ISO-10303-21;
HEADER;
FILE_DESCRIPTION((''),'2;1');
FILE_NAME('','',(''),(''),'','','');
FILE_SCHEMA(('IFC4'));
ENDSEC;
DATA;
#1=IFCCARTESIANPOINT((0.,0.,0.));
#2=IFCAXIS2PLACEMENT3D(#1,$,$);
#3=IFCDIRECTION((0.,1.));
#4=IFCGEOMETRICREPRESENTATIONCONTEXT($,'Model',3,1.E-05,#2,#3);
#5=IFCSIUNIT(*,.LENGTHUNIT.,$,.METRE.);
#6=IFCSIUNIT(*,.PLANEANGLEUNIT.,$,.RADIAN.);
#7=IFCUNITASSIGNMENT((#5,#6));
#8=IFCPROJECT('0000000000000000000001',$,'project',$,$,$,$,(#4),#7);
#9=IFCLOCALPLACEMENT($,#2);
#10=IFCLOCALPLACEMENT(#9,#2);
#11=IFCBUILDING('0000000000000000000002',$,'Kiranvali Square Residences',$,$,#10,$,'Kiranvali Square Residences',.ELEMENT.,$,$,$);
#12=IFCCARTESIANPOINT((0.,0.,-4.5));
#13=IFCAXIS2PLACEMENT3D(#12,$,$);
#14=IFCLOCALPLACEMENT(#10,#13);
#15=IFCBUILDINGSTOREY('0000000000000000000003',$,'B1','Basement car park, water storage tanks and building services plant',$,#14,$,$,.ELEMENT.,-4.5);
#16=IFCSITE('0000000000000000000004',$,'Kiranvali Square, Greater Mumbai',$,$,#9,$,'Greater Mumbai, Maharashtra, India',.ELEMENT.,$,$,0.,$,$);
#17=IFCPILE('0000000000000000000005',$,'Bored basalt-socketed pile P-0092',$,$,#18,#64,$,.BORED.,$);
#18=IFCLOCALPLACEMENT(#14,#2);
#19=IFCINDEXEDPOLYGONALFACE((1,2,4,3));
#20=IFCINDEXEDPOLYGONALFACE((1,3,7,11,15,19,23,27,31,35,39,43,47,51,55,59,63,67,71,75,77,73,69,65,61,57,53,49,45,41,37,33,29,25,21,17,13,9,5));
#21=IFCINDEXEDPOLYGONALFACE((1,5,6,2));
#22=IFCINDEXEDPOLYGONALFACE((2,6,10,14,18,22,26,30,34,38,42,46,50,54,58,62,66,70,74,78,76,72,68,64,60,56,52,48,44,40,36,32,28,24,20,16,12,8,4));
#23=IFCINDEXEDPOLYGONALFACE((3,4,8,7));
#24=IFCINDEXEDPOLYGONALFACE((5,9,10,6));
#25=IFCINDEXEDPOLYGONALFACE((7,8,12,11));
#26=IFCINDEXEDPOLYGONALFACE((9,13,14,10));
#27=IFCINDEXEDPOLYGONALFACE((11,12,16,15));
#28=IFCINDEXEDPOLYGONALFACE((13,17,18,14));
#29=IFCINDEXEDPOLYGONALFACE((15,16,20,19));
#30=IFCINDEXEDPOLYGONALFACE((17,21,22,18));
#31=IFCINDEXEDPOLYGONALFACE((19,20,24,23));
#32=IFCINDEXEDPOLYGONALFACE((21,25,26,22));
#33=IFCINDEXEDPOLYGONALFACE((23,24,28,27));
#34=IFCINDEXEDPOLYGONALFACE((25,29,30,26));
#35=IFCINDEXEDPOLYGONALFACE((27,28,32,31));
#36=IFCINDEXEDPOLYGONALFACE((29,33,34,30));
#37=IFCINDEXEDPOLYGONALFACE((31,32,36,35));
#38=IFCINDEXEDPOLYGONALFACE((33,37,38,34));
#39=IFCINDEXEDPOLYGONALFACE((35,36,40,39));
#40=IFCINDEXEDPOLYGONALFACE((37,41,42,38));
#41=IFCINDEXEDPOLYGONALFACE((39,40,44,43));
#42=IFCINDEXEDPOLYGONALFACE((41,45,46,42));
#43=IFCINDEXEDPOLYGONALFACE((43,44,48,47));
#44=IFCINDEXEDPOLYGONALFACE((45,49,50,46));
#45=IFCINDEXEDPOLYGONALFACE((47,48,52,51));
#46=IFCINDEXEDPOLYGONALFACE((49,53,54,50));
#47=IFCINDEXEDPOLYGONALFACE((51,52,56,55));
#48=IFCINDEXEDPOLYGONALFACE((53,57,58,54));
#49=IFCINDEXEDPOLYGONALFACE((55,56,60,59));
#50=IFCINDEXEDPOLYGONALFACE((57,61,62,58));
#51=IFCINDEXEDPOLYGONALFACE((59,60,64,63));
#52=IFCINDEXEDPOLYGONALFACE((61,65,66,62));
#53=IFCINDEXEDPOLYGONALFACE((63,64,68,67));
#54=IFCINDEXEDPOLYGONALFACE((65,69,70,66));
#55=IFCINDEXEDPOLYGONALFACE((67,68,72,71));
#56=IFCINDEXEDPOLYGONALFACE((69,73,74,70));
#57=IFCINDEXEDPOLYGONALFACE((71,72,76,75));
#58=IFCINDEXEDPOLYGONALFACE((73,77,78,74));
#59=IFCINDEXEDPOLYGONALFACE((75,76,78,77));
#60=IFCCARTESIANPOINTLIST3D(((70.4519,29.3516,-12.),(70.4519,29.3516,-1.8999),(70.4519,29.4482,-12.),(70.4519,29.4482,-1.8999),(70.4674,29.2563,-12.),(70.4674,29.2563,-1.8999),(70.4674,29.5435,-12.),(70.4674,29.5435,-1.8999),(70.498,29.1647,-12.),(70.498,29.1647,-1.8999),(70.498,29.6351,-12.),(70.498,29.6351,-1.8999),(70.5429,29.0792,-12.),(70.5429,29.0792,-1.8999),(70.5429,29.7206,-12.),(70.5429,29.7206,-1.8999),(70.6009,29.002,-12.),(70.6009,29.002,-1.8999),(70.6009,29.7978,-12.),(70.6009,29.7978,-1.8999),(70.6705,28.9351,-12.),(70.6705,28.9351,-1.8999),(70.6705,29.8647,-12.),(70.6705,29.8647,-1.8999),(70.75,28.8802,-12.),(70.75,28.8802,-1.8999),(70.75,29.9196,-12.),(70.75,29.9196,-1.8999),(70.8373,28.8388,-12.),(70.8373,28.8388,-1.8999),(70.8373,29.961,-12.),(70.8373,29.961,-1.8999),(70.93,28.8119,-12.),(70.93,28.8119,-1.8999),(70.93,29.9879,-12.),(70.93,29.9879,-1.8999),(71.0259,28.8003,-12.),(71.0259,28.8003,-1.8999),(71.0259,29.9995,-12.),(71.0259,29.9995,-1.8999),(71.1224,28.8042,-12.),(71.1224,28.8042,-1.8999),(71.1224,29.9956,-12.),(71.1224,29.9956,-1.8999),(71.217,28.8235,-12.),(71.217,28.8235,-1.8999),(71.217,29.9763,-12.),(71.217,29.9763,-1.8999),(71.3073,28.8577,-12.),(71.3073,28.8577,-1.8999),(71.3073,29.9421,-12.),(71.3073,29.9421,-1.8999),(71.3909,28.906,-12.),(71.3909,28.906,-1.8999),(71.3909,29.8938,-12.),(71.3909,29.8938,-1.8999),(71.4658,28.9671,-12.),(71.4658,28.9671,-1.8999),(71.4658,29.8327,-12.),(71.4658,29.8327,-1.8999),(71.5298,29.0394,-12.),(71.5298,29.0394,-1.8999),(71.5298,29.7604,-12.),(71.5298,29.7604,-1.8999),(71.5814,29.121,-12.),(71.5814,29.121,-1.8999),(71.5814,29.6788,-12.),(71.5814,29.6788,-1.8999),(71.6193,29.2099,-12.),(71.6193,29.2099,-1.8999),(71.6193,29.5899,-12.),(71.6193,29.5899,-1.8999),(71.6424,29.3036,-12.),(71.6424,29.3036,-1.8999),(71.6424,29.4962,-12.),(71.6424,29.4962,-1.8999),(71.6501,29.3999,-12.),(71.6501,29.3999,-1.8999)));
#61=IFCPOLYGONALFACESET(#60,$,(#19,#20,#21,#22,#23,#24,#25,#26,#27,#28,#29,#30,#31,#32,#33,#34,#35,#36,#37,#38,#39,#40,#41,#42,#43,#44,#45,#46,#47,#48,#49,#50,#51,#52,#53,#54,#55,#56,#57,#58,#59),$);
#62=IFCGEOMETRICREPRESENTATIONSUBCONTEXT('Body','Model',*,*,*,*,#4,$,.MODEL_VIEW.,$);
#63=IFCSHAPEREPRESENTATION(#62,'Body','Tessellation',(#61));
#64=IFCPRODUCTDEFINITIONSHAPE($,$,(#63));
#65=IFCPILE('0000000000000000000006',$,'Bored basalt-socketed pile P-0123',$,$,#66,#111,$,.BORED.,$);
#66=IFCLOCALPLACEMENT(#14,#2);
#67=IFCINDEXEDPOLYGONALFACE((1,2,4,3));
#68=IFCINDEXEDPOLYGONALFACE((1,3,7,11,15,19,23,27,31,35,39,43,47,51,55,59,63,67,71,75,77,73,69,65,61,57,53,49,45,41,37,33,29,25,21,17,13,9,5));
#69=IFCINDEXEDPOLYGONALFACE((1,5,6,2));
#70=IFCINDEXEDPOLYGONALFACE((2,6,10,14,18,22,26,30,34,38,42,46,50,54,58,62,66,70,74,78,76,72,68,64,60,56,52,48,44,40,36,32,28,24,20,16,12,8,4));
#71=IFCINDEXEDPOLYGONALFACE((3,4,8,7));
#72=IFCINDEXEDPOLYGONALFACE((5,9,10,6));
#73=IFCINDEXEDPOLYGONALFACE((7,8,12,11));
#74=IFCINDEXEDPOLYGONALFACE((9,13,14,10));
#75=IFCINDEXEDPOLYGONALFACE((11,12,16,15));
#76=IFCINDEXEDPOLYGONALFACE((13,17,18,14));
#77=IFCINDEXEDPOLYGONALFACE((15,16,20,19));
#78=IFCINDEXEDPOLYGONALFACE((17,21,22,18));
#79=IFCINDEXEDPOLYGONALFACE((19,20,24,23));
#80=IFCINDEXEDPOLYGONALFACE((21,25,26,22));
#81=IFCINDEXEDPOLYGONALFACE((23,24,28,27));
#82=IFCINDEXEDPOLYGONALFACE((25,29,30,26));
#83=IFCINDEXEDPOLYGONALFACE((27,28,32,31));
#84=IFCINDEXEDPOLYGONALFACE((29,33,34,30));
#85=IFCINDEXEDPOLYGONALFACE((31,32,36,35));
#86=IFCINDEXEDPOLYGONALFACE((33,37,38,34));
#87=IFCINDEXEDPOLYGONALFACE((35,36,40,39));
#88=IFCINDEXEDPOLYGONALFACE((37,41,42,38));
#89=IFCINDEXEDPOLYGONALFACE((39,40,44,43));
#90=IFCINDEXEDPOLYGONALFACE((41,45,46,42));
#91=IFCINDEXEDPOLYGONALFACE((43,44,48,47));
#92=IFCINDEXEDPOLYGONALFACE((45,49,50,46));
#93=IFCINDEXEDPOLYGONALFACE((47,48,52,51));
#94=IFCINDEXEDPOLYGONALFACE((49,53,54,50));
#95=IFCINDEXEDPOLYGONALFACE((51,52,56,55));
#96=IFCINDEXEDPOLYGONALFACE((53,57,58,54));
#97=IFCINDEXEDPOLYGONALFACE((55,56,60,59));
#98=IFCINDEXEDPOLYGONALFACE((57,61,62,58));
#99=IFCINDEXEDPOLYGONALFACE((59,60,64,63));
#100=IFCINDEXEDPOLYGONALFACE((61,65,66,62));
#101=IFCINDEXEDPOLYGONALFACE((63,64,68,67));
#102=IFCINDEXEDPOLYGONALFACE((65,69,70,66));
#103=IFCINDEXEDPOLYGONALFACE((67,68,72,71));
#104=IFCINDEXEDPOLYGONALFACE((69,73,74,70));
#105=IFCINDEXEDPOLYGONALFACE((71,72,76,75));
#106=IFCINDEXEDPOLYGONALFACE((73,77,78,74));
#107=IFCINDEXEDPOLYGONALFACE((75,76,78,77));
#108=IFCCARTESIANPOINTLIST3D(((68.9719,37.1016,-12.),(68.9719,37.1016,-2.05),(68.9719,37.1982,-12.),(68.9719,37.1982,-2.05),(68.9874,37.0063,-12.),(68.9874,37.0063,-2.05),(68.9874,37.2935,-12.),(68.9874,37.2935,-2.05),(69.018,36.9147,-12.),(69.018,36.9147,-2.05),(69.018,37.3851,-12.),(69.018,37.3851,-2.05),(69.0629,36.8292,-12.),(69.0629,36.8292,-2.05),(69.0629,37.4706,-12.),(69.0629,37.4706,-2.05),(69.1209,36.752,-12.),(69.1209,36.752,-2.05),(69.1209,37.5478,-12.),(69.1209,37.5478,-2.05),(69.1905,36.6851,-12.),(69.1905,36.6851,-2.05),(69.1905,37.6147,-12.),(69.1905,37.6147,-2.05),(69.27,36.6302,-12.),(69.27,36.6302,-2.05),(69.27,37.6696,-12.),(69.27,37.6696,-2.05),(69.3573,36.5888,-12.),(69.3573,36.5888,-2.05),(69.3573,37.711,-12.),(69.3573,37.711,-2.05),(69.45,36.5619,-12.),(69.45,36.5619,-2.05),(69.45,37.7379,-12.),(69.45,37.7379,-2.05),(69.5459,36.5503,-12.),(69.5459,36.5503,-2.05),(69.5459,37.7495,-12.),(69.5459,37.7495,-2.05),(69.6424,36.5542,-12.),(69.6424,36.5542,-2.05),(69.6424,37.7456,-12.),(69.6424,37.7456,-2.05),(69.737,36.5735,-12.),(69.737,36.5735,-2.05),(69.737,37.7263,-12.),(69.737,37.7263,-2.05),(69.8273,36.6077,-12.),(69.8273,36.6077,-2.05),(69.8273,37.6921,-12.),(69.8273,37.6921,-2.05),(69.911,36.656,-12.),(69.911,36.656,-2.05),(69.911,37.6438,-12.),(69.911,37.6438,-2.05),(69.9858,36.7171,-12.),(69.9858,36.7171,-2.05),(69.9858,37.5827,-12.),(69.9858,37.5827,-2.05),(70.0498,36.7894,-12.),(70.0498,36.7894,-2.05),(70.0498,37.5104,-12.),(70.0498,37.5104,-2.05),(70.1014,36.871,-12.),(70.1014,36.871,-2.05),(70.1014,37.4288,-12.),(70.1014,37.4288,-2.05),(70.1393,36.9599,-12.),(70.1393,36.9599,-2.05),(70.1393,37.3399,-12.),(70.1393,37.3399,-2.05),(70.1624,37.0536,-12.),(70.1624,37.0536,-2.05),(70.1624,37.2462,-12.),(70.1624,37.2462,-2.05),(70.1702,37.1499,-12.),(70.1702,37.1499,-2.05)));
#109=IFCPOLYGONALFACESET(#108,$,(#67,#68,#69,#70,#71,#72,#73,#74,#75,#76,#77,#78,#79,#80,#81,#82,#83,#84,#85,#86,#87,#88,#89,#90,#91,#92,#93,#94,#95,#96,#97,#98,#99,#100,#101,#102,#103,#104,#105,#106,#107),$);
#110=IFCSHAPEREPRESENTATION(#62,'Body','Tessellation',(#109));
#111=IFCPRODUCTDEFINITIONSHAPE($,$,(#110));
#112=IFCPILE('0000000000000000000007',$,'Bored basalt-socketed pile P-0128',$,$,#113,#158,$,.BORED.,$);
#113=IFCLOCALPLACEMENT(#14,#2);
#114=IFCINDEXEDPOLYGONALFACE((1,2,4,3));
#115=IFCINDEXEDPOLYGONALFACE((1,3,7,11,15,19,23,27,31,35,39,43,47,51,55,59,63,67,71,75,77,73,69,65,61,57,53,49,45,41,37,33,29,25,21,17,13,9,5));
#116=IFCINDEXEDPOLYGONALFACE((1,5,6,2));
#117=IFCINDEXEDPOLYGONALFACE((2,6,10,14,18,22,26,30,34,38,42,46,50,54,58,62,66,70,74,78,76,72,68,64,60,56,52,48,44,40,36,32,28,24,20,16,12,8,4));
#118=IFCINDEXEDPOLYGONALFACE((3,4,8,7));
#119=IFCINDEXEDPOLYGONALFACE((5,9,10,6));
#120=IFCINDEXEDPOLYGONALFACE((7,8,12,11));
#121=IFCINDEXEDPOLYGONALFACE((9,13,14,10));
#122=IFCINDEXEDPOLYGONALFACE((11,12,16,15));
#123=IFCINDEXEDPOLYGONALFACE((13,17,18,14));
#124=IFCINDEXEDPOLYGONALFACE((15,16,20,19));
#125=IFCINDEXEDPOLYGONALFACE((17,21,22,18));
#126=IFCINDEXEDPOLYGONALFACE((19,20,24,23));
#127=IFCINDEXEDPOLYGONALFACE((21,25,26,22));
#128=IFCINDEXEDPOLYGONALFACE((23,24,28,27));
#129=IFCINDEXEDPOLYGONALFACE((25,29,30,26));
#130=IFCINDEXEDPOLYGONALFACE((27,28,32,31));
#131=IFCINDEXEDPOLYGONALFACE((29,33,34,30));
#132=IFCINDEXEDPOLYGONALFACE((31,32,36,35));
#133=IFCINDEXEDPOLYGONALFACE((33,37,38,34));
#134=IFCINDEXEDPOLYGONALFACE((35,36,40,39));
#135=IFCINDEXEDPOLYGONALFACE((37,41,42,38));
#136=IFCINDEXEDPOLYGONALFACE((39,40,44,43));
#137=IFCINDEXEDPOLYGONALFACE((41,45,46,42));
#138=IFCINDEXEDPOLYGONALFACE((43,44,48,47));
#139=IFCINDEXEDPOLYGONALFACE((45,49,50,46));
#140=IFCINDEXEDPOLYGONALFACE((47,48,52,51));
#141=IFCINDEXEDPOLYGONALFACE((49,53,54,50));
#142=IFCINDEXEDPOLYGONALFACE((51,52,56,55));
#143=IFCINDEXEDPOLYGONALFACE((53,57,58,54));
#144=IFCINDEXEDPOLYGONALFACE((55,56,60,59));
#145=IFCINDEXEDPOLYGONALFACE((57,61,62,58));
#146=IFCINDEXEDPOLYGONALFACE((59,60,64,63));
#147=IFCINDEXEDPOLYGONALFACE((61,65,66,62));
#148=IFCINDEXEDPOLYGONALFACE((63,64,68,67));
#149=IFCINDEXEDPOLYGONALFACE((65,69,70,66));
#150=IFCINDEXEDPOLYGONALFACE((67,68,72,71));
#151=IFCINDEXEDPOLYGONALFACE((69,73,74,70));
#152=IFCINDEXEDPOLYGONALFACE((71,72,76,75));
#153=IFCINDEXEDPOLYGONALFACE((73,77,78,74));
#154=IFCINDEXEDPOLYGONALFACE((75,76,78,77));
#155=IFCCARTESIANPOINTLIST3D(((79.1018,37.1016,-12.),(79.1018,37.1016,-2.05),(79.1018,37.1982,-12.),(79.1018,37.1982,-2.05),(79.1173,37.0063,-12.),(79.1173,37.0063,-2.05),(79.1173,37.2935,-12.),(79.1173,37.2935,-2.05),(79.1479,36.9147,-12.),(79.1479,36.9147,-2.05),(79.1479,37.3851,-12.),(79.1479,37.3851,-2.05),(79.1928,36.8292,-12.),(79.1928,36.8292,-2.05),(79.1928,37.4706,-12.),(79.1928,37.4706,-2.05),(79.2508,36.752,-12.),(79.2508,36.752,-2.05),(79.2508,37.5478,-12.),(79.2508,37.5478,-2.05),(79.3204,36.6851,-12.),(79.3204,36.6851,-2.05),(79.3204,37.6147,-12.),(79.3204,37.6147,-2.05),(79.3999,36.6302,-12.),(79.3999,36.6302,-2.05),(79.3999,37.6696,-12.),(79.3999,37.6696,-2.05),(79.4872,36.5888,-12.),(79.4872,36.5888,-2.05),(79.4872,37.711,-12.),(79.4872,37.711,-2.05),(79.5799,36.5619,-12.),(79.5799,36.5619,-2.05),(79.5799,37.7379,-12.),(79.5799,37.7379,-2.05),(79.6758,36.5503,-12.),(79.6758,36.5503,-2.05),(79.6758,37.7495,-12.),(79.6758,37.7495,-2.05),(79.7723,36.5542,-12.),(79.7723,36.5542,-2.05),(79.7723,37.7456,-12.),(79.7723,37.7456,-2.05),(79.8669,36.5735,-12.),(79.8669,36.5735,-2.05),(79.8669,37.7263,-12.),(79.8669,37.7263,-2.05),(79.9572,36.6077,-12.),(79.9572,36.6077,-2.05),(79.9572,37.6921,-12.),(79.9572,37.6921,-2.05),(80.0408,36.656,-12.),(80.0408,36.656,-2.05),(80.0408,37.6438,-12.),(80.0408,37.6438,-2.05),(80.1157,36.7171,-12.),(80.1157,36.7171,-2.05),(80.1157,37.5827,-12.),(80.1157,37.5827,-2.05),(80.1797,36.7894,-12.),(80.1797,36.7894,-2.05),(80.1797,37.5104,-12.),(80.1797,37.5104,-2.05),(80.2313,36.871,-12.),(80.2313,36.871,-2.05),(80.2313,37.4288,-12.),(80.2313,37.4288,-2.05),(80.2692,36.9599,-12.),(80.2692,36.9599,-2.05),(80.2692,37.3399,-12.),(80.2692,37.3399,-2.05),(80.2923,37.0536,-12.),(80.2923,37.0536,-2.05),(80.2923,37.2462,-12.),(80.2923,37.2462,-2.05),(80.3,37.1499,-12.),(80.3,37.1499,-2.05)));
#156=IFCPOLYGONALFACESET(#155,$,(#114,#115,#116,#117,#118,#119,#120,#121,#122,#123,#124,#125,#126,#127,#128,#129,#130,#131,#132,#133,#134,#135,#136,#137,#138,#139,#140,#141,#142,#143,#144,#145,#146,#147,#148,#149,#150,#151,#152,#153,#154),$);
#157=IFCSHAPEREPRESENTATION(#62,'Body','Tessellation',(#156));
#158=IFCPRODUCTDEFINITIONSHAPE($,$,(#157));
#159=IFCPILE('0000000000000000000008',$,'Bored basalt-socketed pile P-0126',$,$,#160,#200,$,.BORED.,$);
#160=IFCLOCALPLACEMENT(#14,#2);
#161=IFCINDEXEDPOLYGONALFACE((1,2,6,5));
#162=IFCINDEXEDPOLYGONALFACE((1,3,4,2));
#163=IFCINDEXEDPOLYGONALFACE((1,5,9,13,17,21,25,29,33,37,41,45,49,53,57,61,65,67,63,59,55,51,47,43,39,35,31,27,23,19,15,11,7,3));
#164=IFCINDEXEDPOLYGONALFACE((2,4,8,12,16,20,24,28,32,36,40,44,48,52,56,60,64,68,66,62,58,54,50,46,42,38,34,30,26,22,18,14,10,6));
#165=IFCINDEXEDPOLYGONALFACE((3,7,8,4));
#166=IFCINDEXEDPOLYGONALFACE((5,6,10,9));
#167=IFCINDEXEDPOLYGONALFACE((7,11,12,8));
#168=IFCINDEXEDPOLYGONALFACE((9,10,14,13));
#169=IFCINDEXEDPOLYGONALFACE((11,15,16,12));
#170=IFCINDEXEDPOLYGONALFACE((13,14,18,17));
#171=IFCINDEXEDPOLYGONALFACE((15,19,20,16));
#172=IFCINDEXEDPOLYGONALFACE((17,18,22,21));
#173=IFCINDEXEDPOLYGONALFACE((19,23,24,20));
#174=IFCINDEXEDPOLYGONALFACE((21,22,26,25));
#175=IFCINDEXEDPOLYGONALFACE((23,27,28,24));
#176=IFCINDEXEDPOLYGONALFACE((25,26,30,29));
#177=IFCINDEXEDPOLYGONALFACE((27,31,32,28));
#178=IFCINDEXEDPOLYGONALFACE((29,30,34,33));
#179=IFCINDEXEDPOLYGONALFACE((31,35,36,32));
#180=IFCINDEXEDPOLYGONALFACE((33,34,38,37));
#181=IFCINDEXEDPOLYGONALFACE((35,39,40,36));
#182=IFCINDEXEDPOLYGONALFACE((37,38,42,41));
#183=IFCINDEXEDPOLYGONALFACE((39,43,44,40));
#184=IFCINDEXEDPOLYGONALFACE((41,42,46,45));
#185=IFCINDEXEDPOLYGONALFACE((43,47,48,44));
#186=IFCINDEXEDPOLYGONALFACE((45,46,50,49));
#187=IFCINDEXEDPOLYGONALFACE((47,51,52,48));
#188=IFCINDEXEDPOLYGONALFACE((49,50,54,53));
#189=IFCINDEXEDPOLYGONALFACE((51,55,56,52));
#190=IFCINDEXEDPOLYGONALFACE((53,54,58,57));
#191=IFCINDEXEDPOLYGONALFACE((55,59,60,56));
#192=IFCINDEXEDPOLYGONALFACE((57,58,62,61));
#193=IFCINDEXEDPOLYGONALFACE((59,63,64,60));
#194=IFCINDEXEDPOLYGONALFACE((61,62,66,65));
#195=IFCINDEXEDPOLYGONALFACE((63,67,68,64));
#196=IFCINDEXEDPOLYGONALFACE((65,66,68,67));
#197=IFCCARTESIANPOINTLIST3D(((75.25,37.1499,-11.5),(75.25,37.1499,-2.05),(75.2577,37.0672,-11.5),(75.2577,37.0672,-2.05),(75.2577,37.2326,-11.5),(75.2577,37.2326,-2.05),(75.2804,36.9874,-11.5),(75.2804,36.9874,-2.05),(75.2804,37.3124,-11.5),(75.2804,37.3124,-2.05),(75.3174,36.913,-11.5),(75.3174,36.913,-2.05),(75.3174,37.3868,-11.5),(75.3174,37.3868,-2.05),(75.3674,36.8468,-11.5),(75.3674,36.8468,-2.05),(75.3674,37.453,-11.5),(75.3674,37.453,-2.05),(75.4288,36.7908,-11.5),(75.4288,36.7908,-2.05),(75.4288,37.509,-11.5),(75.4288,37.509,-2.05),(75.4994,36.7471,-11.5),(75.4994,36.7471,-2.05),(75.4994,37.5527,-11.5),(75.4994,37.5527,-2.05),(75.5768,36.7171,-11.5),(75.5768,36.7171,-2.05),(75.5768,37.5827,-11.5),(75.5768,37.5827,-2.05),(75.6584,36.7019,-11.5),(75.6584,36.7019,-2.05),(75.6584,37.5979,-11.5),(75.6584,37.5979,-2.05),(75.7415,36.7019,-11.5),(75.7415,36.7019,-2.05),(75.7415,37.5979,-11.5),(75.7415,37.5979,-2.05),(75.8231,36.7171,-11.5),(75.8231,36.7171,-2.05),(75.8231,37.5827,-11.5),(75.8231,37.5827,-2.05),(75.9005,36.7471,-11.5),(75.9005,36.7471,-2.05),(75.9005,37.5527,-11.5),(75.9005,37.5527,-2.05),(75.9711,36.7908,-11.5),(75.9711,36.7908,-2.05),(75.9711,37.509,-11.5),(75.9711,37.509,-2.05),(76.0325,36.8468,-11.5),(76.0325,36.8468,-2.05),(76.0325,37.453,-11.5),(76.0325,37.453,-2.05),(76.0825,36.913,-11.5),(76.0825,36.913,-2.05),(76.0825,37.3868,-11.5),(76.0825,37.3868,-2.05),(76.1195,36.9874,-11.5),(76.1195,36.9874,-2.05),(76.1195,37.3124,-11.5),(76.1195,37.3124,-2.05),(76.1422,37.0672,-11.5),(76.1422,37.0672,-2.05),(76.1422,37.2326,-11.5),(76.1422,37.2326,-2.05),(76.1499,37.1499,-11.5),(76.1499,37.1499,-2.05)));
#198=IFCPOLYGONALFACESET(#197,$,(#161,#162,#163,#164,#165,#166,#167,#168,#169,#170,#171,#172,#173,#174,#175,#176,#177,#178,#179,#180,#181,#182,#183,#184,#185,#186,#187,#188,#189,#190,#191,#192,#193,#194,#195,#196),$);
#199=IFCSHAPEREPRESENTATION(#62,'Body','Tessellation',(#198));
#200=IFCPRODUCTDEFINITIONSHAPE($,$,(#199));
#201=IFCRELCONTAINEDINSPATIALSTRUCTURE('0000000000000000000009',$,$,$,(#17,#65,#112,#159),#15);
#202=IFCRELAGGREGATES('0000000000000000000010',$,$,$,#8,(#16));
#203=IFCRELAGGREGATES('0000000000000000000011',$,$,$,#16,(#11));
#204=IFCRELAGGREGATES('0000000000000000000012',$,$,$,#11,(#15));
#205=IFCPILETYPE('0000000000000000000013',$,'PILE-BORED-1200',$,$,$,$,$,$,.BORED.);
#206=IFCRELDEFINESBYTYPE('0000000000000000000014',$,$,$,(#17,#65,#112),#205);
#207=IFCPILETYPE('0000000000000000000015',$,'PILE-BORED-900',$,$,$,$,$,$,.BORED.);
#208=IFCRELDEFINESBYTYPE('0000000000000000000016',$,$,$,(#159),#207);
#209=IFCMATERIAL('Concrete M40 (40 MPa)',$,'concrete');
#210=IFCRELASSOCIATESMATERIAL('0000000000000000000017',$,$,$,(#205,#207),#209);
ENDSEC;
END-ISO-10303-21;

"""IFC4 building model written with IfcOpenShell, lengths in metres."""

from ifc_helpers import new_model, si_unit, direction, frame, origin, origin_2d, place, context, subcontext, project, spatial, circle, extrude, material, material_profile, profile_set, type_object, element, save


model = new_model("IFC4")

# Units and contexts
model_context = context("Model", 3, precision=1e-05, world=origin(), true_north=direction((0.0, 1.0)))
body_context = subcontext(model_context, "Body", "Model", "MODEL_VIEW")
ifc_project = project(units=[si_unit("LENGTHUNIT", "METRE"), si_unit("PLANEANGLEUNIT", "RADIAN")], contexts=[model_context])

# Site, building, storey
site_placement = place(None, origin())
site = spatial("IfcSite", under=ifc_project, at=site_placement, Name="Kiranvali Square, Greater Mumbai", LongName="Greater Mumbai, Maharashtra, India", CompositionType="ELEMENT", RefElevation=0.0)
building_placement = place(site_placement, origin())
building = spatial("IfcBuilding", under=site, at=building_placement, Name="Kiranvali Square Residences", LongName="Kiranvali Square Residences", CompositionType="ELEMENT")
storey_placement = place(building_placement, frame((0.0, 0.0, -4.5)))
storey = spatial("IfcBuildingStorey", under=building, at=storey_placement, Name="B1", Description="Basement car park, water storage tanks and building services plant", CompositionType="ELEMENT", Elevation=-4.5)

# Shared definitions
ifc_material_1 = material(Name="Concrete M40 (40 MPa)", Category="concrete")

# Piles
ifc_material_profile_1 = material_profile(ifc_material_1, circle(Radius=0.6001, at=origin_2d()), Name="BORED PILE 1200")
ifc_profile_set_1 = profile_set([ifc_material_profile_1], Name="Concrete M40 (40 MPa)")
pile_type_1 = type_object("IfcPileType", Name="PILE-BORED-1200", PredefinedType="BORED", material=ifc_profile_set_1)
pile_1_placement = place(storey_placement, frame((71.05, 29.3999, -1.8999), z_axis=(0.0, 0.0, -1.0), x_axis=(1.0, 0.0, 0.0)))
element("IfcPile", 1, at=pile_1_placement, inside=storey, type_object=pile_type_1, Name="Bored basalt-socketed pile P-0092", PredefinedType="BORED", context=body_context, shape_type="SweptSolid", body=[
    extrude(circle(Radius=0.6001, at=origin_2d()), origin(), (0.0, 0.0, 1.0), 10.1001),
])
for number, where, z_axis, x_axis, name in (
    (2, (69.5701, 37.1499, -2.05), (0.0, 0.0, -1.0), (1.0, 0.0, 0.0), "Bored basalt-socketed pile P-0123"),
    (3, (79.7, 37.1499, -2.05), (0.0, 0.0, -1.0), (1.0, 0.0, 0.0), "Bored basalt-socketed pile P-0128"),
):
    element("IfcPile", number, at=place(storey_placement, frame(where, z_axis=z_axis, x_axis=x_axis)), inside=storey, type_object=pile_type_1, Name=name, PredefinedType="BORED", context=body_context, shape_type="SweptSolid", body=[
        extrude(circle(Radius=0.6001, at=origin_2d()), origin(), (0.0, 0.0, 1.0), 9.95),
    ])
ifc_material_profile_2 = material_profile(ifc_material_1, circle(Radius=0.45, at=origin_2d()), Name="BORED PILE 900")
ifc_profile_set_2 = profile_set([ifc_material_profile_2], Name="Concrete M40 (40 MPa)")
pile_type_2 = type_object("IfcPileType", Name="PILE-BORED-900", PredefinedType="BORED", material=ifc_profile_set_2)
pile_2_placement = place(storey_placement, frame((75.7, 37.1499, -2.05), z_axis=(0.0, 0.0, -1.0), x_axis=(1.0, 0.0, 0.0)))
element("IfcPile", 4, at=pile_2_placement, inside=storey, type_object=pile_type_2, Name="Bored basalt-socketed pile P-0126", PredefinedType="BORED", context=body_context, shape_type="SweptSolid", body=[
    extrude(circle(Radius=0.45, at=origin_2d()), origin(), (0.0, 0.0, 1.0), 9.45),
])

save(model, "model.ifc")
